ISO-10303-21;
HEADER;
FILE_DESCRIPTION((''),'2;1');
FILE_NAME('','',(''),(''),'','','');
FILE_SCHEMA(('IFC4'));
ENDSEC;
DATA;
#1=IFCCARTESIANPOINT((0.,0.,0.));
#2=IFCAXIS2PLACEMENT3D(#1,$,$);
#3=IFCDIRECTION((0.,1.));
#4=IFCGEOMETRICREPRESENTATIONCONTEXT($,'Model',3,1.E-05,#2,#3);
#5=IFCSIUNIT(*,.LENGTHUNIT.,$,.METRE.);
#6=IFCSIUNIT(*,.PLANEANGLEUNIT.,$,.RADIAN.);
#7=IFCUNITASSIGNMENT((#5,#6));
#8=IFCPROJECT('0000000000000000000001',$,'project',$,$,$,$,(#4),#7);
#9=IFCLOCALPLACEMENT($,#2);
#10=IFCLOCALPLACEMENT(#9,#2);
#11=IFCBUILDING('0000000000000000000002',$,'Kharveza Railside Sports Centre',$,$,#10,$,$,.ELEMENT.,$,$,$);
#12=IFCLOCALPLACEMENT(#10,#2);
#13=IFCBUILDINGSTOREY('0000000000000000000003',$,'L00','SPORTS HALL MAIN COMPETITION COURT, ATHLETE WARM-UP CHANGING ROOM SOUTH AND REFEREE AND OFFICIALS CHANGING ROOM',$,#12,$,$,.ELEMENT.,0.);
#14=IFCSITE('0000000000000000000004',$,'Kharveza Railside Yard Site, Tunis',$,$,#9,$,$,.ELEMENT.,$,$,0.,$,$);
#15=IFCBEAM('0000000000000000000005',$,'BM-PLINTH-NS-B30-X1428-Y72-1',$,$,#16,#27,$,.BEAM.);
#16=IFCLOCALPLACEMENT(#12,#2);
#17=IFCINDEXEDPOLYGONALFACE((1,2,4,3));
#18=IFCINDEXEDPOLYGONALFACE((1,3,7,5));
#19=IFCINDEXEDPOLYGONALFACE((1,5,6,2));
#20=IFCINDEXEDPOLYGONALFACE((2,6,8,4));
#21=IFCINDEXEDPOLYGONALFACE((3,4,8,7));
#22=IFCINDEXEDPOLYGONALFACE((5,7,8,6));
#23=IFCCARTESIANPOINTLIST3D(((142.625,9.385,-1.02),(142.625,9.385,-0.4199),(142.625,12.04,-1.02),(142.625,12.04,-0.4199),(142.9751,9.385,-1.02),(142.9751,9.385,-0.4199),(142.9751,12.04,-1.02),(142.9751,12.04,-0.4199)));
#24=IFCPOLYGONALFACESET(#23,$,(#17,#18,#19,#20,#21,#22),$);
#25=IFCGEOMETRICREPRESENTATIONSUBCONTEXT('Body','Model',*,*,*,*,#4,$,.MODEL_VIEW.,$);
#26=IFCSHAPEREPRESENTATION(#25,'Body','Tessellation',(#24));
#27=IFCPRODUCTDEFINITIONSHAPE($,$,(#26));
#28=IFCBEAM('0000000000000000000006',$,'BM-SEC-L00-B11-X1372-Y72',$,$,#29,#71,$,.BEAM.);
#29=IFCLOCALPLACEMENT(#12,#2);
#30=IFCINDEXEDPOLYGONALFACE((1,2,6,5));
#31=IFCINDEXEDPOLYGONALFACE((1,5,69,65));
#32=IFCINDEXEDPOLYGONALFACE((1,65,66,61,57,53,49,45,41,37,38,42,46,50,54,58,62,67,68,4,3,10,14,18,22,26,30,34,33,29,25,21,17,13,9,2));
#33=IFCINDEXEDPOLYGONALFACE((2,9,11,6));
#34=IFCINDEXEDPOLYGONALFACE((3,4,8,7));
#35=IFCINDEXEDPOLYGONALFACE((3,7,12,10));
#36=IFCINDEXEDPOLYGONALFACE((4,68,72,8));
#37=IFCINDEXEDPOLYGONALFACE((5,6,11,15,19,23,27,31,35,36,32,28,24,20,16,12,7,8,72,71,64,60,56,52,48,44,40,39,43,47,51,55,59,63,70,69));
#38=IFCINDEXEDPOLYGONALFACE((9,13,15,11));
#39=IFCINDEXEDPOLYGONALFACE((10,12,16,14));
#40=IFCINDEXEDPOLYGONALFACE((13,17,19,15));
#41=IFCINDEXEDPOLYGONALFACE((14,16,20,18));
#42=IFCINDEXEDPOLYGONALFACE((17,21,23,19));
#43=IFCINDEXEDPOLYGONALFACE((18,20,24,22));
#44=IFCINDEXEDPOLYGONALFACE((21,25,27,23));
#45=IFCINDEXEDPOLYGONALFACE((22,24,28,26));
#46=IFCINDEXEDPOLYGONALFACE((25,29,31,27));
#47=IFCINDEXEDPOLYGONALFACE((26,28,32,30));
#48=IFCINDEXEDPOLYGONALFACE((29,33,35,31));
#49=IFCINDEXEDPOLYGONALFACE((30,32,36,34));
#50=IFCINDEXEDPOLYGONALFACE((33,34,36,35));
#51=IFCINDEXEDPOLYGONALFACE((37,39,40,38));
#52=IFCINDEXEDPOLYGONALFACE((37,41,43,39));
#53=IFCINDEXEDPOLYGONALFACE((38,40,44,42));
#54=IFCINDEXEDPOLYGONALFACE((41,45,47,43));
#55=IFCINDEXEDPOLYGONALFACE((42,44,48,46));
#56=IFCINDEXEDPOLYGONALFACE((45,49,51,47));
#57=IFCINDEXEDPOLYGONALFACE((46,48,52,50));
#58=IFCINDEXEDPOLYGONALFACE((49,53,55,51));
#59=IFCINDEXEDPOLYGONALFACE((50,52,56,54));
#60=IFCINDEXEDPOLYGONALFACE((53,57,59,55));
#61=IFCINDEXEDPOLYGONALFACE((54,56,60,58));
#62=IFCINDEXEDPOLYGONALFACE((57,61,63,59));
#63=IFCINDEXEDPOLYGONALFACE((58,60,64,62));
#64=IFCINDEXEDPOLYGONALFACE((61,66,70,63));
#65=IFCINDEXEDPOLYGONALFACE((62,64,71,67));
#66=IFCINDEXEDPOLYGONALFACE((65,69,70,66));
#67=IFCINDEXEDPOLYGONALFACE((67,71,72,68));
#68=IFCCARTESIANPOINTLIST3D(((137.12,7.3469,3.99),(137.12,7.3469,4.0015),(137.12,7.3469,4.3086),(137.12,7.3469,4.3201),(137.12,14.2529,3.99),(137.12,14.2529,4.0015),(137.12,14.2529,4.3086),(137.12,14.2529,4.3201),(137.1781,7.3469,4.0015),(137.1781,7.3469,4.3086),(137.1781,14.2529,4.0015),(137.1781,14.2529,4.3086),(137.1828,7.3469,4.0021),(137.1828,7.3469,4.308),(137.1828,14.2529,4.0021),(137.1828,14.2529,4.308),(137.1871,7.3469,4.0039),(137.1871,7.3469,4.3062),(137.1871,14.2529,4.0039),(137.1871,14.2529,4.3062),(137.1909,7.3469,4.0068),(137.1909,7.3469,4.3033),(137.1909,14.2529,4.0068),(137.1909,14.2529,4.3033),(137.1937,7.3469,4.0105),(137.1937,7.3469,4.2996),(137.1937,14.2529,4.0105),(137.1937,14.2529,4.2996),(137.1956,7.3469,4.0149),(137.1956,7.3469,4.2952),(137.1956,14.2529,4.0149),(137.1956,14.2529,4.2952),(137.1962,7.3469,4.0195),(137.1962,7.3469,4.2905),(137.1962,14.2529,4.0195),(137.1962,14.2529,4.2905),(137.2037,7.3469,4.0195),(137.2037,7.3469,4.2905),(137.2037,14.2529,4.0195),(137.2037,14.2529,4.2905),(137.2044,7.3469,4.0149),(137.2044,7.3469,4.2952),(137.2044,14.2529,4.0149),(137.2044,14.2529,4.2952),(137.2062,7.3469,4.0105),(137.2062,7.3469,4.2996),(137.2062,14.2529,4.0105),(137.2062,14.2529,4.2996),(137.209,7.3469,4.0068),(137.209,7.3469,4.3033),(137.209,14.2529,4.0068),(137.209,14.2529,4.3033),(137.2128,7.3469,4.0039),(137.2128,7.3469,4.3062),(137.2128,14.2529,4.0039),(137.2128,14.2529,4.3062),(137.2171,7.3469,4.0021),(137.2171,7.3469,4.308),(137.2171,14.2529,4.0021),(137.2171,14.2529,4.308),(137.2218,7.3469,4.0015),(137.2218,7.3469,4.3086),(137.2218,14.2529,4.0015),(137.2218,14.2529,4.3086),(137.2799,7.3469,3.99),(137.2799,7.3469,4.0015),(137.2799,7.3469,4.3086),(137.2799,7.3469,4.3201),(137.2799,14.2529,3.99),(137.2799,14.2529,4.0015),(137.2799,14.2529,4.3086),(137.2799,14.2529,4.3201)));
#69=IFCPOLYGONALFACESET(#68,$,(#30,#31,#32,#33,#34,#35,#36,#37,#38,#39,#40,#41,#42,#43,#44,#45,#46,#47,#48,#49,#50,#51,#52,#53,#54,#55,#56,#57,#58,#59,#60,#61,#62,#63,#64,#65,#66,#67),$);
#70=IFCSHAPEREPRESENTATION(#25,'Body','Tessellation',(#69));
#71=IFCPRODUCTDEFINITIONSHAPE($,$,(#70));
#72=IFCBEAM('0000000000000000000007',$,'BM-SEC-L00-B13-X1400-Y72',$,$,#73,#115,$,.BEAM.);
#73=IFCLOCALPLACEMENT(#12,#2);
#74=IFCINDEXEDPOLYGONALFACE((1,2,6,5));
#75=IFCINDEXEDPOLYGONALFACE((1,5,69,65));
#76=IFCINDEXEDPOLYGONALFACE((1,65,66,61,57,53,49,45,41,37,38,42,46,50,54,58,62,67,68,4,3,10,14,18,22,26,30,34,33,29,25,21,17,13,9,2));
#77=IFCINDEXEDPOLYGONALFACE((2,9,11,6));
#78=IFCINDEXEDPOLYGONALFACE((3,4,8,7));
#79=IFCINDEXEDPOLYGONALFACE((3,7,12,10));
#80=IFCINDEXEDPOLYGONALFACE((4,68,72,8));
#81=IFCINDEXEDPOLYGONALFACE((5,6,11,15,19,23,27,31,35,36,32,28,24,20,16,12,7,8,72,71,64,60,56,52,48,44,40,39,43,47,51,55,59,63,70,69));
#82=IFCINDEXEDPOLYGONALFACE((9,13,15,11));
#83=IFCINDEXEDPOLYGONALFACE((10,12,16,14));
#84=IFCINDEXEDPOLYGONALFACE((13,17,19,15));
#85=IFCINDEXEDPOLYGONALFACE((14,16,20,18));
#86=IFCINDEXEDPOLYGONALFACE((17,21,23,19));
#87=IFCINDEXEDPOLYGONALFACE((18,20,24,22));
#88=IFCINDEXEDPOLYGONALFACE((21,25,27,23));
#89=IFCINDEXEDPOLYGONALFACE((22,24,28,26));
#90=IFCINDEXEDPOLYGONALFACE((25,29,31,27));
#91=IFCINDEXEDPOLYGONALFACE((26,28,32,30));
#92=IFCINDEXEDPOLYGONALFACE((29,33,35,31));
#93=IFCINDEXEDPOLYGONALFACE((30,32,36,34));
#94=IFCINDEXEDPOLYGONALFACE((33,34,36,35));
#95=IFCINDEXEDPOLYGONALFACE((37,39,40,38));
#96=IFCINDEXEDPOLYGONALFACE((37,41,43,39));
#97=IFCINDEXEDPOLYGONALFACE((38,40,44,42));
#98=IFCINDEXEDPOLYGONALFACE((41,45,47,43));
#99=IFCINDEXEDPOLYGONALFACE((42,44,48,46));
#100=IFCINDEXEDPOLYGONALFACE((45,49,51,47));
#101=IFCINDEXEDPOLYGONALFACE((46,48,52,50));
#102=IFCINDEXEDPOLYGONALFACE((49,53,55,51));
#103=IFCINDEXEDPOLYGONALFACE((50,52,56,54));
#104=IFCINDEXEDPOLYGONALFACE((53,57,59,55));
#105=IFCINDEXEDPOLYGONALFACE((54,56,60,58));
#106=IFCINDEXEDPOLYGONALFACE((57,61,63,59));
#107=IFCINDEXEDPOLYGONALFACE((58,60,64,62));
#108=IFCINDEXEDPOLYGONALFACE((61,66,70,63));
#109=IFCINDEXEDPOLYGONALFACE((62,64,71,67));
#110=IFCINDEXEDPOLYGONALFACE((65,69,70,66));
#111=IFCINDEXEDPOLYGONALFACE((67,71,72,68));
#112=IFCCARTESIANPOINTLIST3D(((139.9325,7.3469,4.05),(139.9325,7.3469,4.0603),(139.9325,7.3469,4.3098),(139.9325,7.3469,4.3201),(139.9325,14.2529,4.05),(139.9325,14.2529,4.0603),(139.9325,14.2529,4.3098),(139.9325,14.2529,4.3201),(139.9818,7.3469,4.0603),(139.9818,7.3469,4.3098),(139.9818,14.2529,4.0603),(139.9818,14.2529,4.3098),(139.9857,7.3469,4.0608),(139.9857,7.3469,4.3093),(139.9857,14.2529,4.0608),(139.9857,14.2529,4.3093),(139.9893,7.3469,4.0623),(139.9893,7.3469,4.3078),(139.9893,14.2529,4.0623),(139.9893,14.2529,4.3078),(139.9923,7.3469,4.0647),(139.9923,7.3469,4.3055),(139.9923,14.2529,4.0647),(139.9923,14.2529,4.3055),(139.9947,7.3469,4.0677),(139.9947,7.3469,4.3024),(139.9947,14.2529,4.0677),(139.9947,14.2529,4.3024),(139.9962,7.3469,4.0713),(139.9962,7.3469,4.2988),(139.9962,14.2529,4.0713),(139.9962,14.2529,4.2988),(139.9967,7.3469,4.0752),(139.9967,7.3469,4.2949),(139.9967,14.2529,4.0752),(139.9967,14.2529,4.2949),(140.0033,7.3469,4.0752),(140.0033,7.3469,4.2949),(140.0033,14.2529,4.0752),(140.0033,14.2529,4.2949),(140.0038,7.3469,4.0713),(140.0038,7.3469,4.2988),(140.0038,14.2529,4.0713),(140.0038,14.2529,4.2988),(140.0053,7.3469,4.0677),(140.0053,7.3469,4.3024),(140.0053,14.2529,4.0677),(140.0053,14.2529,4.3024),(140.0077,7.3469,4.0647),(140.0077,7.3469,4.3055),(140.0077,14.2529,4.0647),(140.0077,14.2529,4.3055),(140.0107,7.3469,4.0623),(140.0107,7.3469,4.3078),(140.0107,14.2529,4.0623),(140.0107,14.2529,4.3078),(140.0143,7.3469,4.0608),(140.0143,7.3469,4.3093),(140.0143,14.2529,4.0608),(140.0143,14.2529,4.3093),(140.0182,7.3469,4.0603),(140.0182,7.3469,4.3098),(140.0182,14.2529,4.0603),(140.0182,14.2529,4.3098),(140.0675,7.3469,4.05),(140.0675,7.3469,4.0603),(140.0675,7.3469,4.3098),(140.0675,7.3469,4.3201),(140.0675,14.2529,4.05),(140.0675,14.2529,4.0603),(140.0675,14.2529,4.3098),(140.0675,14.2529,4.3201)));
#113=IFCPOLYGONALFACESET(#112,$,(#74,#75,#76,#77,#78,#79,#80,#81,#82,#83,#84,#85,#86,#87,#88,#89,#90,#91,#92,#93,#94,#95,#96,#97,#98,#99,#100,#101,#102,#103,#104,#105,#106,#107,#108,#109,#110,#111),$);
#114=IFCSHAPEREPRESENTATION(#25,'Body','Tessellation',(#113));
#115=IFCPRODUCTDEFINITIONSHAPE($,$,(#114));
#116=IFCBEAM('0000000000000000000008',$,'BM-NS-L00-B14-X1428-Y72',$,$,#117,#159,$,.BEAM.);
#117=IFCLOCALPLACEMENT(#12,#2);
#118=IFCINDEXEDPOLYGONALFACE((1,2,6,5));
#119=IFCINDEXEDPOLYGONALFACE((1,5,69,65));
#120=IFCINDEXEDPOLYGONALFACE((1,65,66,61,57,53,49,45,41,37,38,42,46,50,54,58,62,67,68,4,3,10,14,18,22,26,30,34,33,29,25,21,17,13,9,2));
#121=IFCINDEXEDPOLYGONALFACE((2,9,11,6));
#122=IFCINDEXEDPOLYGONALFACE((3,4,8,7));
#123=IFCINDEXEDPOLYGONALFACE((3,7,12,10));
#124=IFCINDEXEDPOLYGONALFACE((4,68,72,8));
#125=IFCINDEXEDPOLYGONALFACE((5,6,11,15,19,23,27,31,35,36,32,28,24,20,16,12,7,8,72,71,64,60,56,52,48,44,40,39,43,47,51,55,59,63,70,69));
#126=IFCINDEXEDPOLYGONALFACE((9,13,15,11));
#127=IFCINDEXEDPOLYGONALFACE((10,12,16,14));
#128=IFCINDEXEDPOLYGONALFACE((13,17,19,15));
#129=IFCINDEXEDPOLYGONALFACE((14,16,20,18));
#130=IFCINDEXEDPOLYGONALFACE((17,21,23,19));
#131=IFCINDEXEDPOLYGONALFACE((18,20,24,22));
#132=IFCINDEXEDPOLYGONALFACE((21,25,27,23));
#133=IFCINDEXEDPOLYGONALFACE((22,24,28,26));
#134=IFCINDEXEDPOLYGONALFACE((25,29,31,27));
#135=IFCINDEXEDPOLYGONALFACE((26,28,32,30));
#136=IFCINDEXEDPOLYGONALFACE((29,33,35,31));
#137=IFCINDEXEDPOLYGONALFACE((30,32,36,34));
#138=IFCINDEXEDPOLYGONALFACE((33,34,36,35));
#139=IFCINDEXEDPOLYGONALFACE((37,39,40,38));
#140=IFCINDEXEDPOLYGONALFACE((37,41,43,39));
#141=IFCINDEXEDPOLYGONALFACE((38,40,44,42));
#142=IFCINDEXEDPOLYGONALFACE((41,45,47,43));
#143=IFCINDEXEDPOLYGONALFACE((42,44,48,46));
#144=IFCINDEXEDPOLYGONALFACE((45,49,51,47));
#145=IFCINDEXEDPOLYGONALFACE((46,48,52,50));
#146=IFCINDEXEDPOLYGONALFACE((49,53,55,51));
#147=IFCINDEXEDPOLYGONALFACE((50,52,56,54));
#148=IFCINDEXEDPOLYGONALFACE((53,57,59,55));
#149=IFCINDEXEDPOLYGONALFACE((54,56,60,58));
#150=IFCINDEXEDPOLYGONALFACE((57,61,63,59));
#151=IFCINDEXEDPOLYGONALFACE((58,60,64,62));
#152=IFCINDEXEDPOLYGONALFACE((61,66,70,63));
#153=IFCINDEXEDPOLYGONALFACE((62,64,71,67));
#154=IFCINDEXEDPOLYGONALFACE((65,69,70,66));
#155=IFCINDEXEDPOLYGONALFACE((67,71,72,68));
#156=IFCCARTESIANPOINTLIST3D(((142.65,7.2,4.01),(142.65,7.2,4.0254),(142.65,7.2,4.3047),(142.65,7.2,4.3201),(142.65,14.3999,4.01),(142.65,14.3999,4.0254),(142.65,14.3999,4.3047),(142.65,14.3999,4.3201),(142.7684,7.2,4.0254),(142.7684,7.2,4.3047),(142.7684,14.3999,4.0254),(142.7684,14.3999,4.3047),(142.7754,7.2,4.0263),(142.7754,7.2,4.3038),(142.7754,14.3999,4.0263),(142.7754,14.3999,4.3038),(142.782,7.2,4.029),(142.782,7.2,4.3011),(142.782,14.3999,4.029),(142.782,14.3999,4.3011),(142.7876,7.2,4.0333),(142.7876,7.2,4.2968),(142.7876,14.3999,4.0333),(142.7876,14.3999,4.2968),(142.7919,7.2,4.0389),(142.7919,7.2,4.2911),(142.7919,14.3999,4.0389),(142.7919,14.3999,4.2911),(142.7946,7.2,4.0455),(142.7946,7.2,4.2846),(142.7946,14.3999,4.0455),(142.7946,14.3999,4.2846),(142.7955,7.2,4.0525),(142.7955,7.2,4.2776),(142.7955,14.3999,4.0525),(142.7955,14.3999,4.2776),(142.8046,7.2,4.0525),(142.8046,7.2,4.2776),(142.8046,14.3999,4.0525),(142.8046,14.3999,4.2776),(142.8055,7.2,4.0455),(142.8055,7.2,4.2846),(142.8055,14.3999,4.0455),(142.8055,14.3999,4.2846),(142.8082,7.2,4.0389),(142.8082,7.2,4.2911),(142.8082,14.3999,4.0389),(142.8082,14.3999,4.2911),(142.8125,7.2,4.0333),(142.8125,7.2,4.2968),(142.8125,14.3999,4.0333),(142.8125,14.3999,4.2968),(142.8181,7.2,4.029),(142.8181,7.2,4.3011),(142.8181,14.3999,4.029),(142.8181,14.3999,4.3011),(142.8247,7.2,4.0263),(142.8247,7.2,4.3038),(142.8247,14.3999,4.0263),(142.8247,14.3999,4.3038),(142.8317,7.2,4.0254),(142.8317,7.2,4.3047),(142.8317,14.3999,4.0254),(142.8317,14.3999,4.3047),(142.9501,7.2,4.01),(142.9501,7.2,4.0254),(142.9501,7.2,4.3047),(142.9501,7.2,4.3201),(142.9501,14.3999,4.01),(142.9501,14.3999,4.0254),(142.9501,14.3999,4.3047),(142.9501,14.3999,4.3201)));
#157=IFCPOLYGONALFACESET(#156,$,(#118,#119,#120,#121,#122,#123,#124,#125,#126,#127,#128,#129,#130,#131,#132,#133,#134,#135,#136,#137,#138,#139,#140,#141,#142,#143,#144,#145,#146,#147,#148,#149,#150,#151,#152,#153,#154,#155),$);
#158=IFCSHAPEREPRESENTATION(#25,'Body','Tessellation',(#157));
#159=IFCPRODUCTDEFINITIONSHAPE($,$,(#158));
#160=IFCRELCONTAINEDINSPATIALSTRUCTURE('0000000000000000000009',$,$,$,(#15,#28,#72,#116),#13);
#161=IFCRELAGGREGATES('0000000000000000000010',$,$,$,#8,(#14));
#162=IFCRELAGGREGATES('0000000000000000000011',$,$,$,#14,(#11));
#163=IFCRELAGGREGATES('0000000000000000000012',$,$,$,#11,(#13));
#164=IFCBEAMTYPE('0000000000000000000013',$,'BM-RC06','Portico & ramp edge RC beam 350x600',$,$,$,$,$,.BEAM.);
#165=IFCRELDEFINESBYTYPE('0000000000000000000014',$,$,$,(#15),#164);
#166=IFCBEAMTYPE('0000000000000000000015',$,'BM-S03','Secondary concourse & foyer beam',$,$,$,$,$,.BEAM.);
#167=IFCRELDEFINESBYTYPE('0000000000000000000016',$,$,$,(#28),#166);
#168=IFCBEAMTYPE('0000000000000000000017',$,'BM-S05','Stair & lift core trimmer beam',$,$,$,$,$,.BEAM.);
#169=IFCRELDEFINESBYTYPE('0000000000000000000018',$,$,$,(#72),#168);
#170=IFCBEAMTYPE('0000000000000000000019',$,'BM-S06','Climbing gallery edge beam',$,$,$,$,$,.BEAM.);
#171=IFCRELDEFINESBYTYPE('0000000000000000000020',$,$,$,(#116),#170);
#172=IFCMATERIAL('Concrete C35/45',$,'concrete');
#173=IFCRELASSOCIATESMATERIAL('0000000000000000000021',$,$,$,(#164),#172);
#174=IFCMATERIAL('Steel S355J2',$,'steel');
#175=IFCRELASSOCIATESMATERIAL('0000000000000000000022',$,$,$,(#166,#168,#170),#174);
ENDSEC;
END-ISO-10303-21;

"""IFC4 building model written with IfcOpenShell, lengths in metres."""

from ifc_helpers import new_model, si_unit, direction, frame, origin, origin_2d, place, context, subcontext, project, spatial, rectangle, i_section, extrude, material, material_profile, profile_set, type_object, element, save


model = new_model("IFC4")

# Units and contexts
model_context = context("Model", 3, precision=1e-05, world=origin(), true_north=direction((0.0, 1.0)))
body_context = subcontext(model_context, "Body", "Model", "MODEL_VIEW")
ifc_project = project(units=[si_unit("LENGTHUNIT", "METRE"), si_unit("PLANEANGLEUNIT", "RADIAN")], contexts=[model_context])

# Site, building, storey
site_placement = place(None, origin())
site = spatial("IfcSite", under=ifc_project, at=site_placement, Name="Kharveza Railside Yard Site, Tunis", CompositionType="ELEMENT", RefElevation=0.0)
building_placement = place(site_placement, origin())
building = spatial("IfcBuilding", under=site, at=building_placement, Name="Kharveza Railside Sports Centre", CompositionType="ELEMENT")
storey_placement = place(building_placement, origin())
storey = spatial("IfcBuildingStorey", under=building, at=storey_placement, Name="L00", Description="SPORTS HALL MAIN COMPETITION COURT, ATHLETE WARM-UP CHANGING ROOM SOUTH AND REFEREE AND OFFICIALS CHANGING ROOM", CompositionType="ELEMENT", Elevation=0.0)

# Shared definitions
ifc_material_1 = material(Name="Concrete C35/45", Category="concrete")

# Shared definitions
ifc_material_2 = material(Name="Steel S355J2", Category="steel")

# Beams
ifc_material_profile_1 = material_profile(ifc_material_1, rectangle(XDim=0.3501, YDim=0.6001, at=origin_2d()), Name="RCB 350x600")
ifc_profile_set_1 = profile_set([ifc_material_profile_1], Name="Concrete C35/45")
beam_type_1 = type_object("IfcBeamType", Name="BM-RC06", Description="Portico & ramp edge RC beam 350x600", PredefinedType="BEAM", material=ifc_profile_set_1)
beam_1_placement = place(storey_placement, frame((142.8, 9.385, -0.72), z_axis=(0.0, 1.0, 0.0), x_axis=(-1.0, 0.0, 0.0)))
element("IfcBeam", 1, at=beam_1_placement, inside=storey, type_object=beam_type_1, Name="BM-PLINTH-NS-B30-X1428-Y72-1", PredefinedType="BEAM", context=body_context, shape_type="SweptSolid", body=[
    extrude(rectangle(XDim=0.3501, YDim=0.6001, at=origin_2d()), origin(), (0.0, 0.0, 1.0), 2.655),
])
ifc_material_profile_2 = material_profile(ifc_material_2, i_section(OverallWidth=0.1599, OverallDepth=0.3301, WebThickness=0.0076, FlangeThickness=0.0115, FilletRadius=0.0181, at=origin_2d()), Name="IPE 330")
ifc_profile_set_2 = profile_set([ifc_material_profile_2], Name="Steel S355J2")
beam_type_2 = type_object("IfcBeamType", Name="BM-S03", Description="Secondary concourse & foyer beam", PredefinedType="BEAM", material=ifc_profile_set_2)
beam_2_placement = place(storey_placement, frame((137.2, 7.3469, 4.155), z_axis=(0.0, 1.0, 0.0), x_axis=(-1.0, 0.0, 0.0)))
element("IfcBeam", 2, at=beam_2_placement, inside=storey, type_object=beam_type_2, Name="BM-SEC-L00-B11-X1372-Y72", PredefinedType="BEAM", context=body_context, shape_type="SweptSolid", body=[
    extrude(i_section(OverallWidth=0.1599, OverallDepth=0.3301, WebThickness=0.0076, FlangeThickness=0.0115, FilletRadius=0.0181, at=origin_2d()), origin(), (0.0, 0.0, 1.0), 6.906),
])
ifc_material_profile_3 = material_profile(ifc_material_2, i_section(OverallWidth=0.135, OverallDepth=0.27, WebThickness=0.0066, FlangeThickness=0.0103, FilletRadius=0.0149, at=origin_2d()), Name="IPE 270")
ifc_profile_set_3 = profile_set([ifc_material_profile_3], Name="Steel S355J2")
beam_type_3 = type_object("IfcBeamType", Name="BM-S05", Description="Stair & lift core trimmer beam", PredefinedType="BEAM", material=ifc_profile_set_3)
beam_3_placement = place(storey_placement, frame((140.0, 7.3469, 4.1851), z_axis=(0.0, 1.0, 0.0), x_axis=(-1.0, 0.0, 0.0)))
element("IfcBeam", 3, at=beam_3_placement, inside=storey, type_object=beam_type_3, Name="BM-SEC-L00-B13-X1400-Y72", PredefinedType="BEAM", context=body_context, shape_type="SweptSolid", body=[
    extrude(i_section(OverallWidth=0.135, OverallDepth=0.27, WebThickness=0.0066, FlangeThickness=0.0103, FilletRadius=0.0149, at=origin_2d()), origin(), (0.0, 0.0, 1.0), 6.906),
])
ifc_material_profile_4 = material_profile(ifc_material_2, i_section(OverallWidth=0.3, OverallDepth=0.3101, WebThickness=0.009, FlangeThickness=0.0154, FilletRadius=0.0271, at=origin_2d()), Name="HEA 320")
ifc_profile_set_4 = profile_set([ifc_material_profile_4], Name="Steel S355J2")
beam_type_4 = type_object("IfcBeamType", Name="BM-S06", Description="Climbing gallery edge beam", PredefinedType="BEAM", material=ifc_profile_set_4)
beam_4_placement = place(storey_placement, frame((142.8, 7.2, 4.165), z_axis=(0.0, 1.0, 0.0), x_axis=(-1.0, 0.0, 0.0)))
element("IfcBeam", 4, at=beam_4_placement, inside=storey, type_object=beam_type_4, Name="BM-NS-L00-B14-X1428-Y72", PredefinedType="BEAM", context=body_context, shape_type="SweptSolid", body=[
    extrude(i_section(OverallWidth=0.3, OverallDepth=0.3101, WebThickness=0.009, FlangeThickness=0.0154, FilletRadius=0.0271, at=origin_2d()), origin(), (0.0, 0.0, 1.0), 7.2),
])

save(model, "model.ifc")
